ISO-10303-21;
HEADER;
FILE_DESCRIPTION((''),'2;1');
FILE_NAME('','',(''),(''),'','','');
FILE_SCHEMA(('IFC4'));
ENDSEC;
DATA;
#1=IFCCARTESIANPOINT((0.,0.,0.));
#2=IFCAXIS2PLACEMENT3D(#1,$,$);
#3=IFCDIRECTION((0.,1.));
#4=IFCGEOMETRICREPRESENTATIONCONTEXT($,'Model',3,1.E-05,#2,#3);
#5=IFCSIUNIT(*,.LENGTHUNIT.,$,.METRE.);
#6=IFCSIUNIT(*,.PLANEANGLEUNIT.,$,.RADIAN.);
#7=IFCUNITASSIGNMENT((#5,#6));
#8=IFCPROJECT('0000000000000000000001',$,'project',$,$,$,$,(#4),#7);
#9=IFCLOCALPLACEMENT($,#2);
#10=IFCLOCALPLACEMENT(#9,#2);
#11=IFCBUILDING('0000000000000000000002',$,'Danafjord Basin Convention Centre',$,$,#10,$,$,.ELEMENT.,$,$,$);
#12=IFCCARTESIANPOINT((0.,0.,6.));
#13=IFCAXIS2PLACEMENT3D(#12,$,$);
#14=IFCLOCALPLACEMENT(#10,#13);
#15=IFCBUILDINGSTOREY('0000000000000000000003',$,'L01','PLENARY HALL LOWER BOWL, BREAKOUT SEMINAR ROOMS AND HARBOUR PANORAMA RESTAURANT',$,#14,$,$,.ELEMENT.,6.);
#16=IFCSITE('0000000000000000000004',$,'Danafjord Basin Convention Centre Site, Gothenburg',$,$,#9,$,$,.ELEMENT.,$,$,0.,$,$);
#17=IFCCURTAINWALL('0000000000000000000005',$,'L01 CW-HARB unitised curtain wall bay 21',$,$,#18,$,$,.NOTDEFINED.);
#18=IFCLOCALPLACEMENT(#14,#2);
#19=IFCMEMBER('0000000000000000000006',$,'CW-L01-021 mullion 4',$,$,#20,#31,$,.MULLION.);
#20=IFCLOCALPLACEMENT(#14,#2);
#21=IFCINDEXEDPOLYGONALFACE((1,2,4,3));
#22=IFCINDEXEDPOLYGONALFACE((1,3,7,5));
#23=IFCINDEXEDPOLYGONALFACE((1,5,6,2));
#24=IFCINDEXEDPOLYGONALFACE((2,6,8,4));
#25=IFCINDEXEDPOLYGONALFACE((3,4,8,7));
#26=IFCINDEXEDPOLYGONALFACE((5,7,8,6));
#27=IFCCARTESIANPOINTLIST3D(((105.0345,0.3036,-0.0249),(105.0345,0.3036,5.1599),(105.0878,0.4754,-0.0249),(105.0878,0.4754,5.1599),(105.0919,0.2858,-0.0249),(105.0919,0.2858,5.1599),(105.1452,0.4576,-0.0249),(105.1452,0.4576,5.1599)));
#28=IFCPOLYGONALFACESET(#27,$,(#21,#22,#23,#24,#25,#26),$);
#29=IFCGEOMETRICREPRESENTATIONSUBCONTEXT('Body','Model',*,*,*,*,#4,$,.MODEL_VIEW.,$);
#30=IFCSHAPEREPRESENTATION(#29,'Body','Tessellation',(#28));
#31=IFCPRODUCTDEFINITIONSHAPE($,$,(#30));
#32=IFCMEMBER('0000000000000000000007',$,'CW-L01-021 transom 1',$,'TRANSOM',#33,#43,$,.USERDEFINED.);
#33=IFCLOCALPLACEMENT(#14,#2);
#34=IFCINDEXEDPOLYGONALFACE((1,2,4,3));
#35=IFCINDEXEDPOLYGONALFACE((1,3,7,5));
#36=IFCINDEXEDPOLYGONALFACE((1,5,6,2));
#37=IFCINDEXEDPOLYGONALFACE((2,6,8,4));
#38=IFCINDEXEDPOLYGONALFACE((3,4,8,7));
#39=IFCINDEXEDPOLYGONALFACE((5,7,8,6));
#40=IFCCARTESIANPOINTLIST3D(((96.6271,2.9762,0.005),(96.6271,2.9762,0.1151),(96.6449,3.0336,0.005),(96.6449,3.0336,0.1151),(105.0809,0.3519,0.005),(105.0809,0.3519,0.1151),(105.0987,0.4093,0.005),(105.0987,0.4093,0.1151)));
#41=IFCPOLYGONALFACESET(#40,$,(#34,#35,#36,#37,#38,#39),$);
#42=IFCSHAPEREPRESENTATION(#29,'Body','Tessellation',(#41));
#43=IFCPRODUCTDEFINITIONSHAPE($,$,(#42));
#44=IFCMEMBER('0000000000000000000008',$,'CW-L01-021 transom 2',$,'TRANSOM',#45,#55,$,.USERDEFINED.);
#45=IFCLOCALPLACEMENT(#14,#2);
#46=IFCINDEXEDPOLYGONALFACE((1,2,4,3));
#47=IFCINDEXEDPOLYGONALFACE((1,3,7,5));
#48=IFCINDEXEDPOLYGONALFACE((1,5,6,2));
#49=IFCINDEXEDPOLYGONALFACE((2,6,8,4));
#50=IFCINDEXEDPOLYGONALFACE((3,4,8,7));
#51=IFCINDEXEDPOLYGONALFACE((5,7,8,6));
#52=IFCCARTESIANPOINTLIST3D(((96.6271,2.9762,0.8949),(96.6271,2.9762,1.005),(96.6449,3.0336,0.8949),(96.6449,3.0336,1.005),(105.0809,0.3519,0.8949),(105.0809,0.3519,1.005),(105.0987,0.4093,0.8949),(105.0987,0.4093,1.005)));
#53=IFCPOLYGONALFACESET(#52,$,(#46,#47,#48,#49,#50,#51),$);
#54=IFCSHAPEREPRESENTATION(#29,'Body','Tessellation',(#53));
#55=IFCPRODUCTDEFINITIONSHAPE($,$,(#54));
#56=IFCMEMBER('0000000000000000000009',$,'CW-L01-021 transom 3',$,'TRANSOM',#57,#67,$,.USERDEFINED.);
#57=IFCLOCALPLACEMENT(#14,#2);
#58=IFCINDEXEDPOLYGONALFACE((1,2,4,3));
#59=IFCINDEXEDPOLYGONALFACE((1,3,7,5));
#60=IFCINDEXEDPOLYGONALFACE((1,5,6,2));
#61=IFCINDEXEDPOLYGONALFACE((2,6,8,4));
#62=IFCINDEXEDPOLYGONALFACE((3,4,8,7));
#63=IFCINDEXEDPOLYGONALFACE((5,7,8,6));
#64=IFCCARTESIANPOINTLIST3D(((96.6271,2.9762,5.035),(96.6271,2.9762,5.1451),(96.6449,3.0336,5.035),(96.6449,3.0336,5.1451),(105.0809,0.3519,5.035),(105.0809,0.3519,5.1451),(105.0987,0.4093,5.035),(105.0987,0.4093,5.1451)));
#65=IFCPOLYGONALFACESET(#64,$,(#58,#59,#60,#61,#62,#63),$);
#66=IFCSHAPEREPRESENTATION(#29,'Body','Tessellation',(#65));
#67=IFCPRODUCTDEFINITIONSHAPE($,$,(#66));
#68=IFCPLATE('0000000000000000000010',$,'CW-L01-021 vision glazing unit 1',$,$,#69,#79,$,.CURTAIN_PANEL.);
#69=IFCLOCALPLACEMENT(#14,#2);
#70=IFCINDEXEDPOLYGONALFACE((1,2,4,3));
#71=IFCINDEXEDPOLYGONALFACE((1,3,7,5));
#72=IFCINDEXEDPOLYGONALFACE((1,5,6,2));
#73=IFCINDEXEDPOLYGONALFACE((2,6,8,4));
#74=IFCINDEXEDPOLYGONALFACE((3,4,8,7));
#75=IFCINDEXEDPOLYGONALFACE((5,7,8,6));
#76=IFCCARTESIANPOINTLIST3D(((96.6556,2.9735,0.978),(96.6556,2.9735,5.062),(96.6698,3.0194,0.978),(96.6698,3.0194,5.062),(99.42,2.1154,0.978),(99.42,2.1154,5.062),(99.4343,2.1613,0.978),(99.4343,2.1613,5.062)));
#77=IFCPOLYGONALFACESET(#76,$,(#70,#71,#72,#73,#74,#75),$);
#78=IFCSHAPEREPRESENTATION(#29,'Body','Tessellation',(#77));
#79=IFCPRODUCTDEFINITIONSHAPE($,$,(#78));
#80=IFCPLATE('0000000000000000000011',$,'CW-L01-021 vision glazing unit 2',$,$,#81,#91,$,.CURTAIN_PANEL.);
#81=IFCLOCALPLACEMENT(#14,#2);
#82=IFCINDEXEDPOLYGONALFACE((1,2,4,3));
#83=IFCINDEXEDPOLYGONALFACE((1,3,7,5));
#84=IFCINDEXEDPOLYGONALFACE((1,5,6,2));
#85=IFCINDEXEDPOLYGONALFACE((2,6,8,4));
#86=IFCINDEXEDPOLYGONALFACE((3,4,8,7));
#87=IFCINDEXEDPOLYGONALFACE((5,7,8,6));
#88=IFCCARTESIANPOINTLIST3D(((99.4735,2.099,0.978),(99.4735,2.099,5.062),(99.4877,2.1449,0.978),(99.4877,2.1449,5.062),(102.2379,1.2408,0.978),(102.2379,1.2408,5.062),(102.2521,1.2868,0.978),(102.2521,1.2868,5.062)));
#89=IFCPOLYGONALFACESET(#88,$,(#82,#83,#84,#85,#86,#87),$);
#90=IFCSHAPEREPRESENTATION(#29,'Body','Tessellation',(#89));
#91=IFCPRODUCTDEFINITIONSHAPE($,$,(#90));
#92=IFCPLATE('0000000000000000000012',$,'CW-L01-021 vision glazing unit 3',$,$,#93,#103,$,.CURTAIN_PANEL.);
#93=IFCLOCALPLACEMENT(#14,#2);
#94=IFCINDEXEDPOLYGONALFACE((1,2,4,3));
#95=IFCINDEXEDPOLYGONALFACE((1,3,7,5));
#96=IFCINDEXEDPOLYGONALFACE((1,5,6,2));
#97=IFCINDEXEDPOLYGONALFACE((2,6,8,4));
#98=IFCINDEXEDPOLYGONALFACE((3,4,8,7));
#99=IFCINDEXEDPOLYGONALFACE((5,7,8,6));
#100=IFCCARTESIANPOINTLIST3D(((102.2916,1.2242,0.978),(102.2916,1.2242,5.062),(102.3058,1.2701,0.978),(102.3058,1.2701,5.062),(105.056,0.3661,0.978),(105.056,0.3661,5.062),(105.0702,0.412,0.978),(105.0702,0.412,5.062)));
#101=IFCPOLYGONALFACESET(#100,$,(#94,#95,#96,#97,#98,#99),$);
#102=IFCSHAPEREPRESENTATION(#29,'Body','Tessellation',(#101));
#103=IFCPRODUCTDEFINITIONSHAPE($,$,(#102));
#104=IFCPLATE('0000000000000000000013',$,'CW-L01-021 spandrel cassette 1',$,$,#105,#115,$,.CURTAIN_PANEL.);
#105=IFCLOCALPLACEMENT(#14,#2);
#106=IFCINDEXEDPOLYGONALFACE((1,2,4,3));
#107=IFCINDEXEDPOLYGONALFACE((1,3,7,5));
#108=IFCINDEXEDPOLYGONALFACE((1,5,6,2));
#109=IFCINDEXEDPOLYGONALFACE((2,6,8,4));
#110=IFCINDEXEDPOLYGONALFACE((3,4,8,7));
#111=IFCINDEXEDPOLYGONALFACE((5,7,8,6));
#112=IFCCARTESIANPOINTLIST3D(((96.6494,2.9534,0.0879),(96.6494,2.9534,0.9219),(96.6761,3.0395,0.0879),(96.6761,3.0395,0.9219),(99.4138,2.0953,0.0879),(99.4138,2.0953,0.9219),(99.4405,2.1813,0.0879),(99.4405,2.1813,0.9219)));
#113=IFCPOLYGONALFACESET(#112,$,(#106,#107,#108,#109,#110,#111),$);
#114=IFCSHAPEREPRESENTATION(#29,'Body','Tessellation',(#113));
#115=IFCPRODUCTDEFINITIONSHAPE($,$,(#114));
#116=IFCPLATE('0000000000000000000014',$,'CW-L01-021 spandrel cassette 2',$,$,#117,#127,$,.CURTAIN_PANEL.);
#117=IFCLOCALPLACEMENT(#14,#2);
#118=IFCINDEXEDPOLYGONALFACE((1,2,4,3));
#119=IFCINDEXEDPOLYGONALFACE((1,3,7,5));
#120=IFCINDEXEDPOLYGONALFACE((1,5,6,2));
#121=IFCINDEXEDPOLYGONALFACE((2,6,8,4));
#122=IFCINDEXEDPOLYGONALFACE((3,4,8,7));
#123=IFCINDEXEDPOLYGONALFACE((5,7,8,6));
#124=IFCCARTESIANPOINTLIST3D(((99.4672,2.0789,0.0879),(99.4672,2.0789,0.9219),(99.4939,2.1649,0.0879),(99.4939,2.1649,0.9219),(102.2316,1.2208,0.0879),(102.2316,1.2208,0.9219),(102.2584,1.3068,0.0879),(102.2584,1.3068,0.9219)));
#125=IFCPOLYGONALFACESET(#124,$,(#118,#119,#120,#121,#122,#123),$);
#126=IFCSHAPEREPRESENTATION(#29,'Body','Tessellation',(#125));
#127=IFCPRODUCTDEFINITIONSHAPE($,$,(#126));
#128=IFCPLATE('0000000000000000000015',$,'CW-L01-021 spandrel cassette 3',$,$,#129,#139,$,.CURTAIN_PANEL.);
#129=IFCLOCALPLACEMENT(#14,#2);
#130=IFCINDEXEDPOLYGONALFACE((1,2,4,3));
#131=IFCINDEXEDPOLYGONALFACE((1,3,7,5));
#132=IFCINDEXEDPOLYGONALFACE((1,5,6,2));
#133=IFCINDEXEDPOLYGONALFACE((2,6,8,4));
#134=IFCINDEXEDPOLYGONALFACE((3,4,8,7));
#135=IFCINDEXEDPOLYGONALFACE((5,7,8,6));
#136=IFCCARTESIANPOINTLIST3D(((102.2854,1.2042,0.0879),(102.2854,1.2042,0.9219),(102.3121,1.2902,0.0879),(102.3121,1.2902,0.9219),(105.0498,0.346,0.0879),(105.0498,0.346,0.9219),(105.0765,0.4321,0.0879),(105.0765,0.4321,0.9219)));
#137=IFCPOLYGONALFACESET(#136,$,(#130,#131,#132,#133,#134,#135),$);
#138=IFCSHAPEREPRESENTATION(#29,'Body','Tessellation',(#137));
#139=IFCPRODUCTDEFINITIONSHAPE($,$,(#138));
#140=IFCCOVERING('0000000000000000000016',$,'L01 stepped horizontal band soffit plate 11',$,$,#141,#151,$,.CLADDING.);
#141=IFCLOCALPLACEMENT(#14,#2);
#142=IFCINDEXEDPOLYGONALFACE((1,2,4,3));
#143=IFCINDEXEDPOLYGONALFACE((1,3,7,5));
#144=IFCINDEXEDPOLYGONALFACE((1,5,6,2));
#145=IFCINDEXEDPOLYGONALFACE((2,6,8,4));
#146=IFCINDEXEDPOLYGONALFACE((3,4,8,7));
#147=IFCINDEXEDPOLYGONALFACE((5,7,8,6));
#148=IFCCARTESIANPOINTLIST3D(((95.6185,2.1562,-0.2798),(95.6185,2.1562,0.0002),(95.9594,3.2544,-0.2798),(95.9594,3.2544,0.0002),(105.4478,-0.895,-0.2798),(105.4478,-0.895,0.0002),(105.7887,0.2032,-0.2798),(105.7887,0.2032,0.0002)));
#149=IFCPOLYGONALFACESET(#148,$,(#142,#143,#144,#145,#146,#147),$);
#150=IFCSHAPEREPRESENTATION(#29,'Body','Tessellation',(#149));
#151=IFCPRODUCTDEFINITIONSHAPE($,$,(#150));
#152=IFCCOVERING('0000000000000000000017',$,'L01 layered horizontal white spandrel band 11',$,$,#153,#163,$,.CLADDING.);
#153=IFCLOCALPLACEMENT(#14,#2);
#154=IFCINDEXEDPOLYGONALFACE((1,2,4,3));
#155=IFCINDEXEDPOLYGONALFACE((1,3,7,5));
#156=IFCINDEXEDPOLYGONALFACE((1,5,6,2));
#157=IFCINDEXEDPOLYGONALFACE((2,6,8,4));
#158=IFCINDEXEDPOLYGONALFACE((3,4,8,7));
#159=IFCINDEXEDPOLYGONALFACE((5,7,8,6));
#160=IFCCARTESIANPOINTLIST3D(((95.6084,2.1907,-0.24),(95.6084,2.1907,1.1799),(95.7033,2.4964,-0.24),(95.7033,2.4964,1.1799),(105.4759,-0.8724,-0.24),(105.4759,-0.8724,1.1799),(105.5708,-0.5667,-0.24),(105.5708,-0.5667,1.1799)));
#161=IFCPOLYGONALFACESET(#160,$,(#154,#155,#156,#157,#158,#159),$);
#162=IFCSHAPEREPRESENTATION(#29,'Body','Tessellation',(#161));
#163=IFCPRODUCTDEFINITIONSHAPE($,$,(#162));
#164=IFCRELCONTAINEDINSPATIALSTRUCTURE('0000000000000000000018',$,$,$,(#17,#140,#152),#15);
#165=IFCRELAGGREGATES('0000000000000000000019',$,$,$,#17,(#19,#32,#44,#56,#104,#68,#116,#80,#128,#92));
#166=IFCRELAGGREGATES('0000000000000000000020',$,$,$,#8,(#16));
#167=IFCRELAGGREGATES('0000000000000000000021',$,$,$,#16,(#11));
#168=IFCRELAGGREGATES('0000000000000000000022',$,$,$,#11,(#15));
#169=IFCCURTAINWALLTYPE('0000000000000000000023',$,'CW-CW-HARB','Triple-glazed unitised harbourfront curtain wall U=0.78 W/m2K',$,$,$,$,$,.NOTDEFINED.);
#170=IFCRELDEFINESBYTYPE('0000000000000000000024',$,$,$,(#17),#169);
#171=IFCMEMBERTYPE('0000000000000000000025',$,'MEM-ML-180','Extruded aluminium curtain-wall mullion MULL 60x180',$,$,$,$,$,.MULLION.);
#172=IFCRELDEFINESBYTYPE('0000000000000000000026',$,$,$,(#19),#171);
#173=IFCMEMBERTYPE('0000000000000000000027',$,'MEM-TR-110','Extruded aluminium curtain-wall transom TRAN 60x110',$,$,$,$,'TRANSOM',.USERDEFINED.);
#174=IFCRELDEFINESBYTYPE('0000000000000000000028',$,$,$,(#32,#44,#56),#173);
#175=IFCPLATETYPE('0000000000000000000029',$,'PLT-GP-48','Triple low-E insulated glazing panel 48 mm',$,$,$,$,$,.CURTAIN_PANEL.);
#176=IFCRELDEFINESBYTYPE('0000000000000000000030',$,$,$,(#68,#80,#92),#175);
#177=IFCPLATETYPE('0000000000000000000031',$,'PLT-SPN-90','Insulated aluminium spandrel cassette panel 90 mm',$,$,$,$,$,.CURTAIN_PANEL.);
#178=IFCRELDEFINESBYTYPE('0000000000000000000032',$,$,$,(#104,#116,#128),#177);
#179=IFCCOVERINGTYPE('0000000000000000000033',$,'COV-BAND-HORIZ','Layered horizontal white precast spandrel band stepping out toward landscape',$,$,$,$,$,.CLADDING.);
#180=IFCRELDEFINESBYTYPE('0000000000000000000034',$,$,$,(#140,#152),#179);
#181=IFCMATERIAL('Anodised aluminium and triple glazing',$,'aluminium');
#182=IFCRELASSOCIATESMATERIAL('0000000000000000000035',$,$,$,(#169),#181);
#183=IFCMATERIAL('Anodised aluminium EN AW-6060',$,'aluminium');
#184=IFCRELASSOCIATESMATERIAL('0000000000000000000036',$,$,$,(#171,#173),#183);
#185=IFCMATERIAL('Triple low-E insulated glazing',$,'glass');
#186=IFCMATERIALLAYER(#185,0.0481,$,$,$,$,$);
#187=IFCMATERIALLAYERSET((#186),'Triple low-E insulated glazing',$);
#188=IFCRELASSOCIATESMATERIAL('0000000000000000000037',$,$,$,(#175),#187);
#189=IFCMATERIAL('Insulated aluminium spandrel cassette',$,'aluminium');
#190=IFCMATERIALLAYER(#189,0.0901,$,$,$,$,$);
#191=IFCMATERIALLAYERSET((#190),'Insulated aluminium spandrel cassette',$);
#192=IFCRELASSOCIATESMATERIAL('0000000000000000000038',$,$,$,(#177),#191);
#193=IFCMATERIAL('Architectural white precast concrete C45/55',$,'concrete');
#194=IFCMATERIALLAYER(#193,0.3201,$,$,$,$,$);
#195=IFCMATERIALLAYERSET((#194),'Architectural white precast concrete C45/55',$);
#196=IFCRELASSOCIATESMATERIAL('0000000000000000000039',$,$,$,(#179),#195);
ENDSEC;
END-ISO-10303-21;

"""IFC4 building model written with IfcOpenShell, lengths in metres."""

from ifc_helpers import new_model, si_unit, direction, frame, origin, origin_2d, place, context, subcontext, project, spatial, rectangle, extrude, material, layer, layer_set, material_profile, profile_set, type_object, element, aggregate, save


model = new_model("IFC4")

# Units and contexts
model_context = context("Model", 3, precision=1e-05, world=origin(), true_north=direction((0.0, 1.0)))
body_context = subcontext(model_context, "Body", "Model", "MODEL_VIEW")
ifc_project = project(units=[si_unit("LENGTHUNIT", "METRE"), si_unit("PLANEANGLEUNIT", "RADIAN")], contexts=[model_context])

# Site, building, storey
site_placement = place(None, origin())
site = spatial("IfcSite", under=ifc_project, at=site_placement, Name="Danafjord Basin Convention Centre Site, Gothenburg", CompositionType="ELEMENT", RefElevation=0.0)
building_placement = place(site_placement, origin())
building = spatial("IfcBuilding", under=site, at=building_placement, Name="Danafjord Basin Convention Centre", CompositionType="ELEMENT")
storey_placement = place(building_placement, frame((0.0, 0.0, 6.0)))
storey = spatial("IfcBuildingStorey", under=building, at=storey_placement, Name="L01", Description="PLENARY HALL LOWER BOWL, BREAKOUT SEMINAR ROOMS AND HARBOUR PANORAMA RESTAURANT", CompositionType="ELEMENT", Elevation=6.0)

# Curtain wall, members, plates
ifc_material_1 = material(Name="Anodised aluminium and triple glazing", Category="aluminium")
curtain_wall_type = type_object("IfcCurtainWallType", Name="CW-CW-HARB", Description="Triple-glazed unitised harbourfront curtain wall U=0.78 W/m2K", PredefinedType="NOTDEFINED", material=ifc_material_1)
curtain_wall_placement = place(storey_placement, origin())
curtain_wall = element("IfcCurtainWall", 1, at=curtain_wall_placement, inside=storey, type_object=curtain_wall_type, Name="L01 CW-HARB unitised curtain wall bay 21", PredefinedType="NOTDEFINED")
ifc_material_2 = material(Name="Anodised aluminium EN AW-6060", Category="aluminium")
ifc_material_profile_1 = material_profile(ifc_material_2, rectangle(XDim=0.0601, YDim=0.1799, at=origin_2d()), Name="MULL 60x180")
ifc_profile_set_1 = profile_set([ifc_material_profile_1], Name="Anodised aluminium EN AW-6060")
member_type_1 = type_object("IfcMemberType", Name="MEM-ML-180", Description="Extruded aluminium curtain-wall mullion MULL 60x180", PredefinedType="MULLION", material=ifc_profile_set_1)
member_1_placement = place(storey_placement, frame((105.0898, 0.3806, -0.0249), z_axis=(0.0, 0.0, 1.0), x_axis=(0.955045, -0.296462, 0.0)))
member_1 = element("IfcMember", 2, at=member_1_placement, type_object=member_type_1, Name="CW-L01-021 mullion 4", PredefinedType="MULLION", context=body_context, shape_type="SweptSolid", body=[
    extrude(rectangle(XDim=0.0601, YDim=0.1799, at=origin_2d()), origin(), (0.0, 0.0, 1.0), 5.1848),
])
ifc_material_profile_2 = material_profile(ifc_material_2, rectangle(XDim=0.0601, YDim=0.1101, at=origin_2d()), Name="TRAN 60x110")
ifc_profile_set_2 = profile_set([ifc_material_profile_2], Name="Anodised aluminium EN AW-6060")
member_type_2 = type_object("IfcMemberType", Name="MEM-TR-110", Description="Extruded aluminium curtain-wall transom TRAN 60x110", ElementType="TRANSOM", PredefinedType="USERDEFINED", material=ifc_profile_set_2)
member_2_placement = place(storey_placement, frame((96.636, 3.0049, 0.0601), z_axis=(0.955043, -0.296467, 0.0), x_axis=(0.296467, 0.955043, 0.0)))
member_2 = element("IfcMember", 3, at=member_2_placement, type_object=member_type_2, Name="CW-L01-021 transom 1", ObjectType="TRANSOM", PredefinedType="USERDEFINED", context=body_context, shape_type="SweptSolid", body=[
    extrude(rectangle(XDim=0.0601, YDim=0.1101, at=origin_2d()), origin(), (0.0, 0.0, 1.0), 8.8518),
])
member_3_placement = place(storey_placement, frame((96.636, 3.0049, 0.95), z_axis=(0.955043, -0.296467, 0.0), x_axis=(0.296467, 0.955043, 0.0)))
member_3 = element("IfcMember", 4, at=member_3_placement, type_object=member_type_2, Name="CW-L01-021 transom 2", ObjectType="TRANSOM", PredefinedType="USERDEFINED", context=body_context, shape_type="SweptSolid", body=[
    extrude(rectangle(XDim=0.0601, YDim=0.1101, at=origin_2d()), origin(), (0.0, 0.0, 1.0), 8.8518),
])
member_4_placement = place(storey_placement, frame((96.636, 3.0049, 5.0901), z_axis=(0.955043, -0.296467, 0.0), x_axis=(0.296467, 0.955043, 0.0)))
member_4 = element("IfcMember", 5, at=member_4_placement, type_object=member_type_2, Name="CW-L01-021 transom 3", ObjectType="TRANSOM", PredefinedType="USERDEFINED", context=body_context, shape_type="SweptSolid", body=[
    extrude(rectangle(XDim=0.0601, YDim=0.1101, at=origin_2d()), origin(), (0.0, 0.0, 1.0), 8.8518),
])
ifc_material_3 = material(Name="Triple low-E insulated glazing", Category="glass")
ifc_layer_1 = layer(ifc_material_3, 0.0481)
ifc_layer_set_1 = layer_set([ifc_layer_1], Name="Triple low-E insulated glazing")
plate_type_1 = type_object("IfcPlateType", Name="PLT-GP-48", Description="Triple low-E insulated glazing panel 48 mm", PredefinedType="CURTAIN_PANEL", material=ifc_layer_set_1)
plate_1_placement = place(storey_placement, frame((98.0449, 2.5674, 0.978), z_axis=(0.0, 0.0, 1.0), x_axis=(0.955045, -0.296462, 0.0)))
plate_1 = element("IfcPlate", 6, at=plate_1_placement, type_object=plate_type_1, Name="CW-L01-021 vision glazing unit 1", PredefinedType="CURTAIN_PANEL", context=body_context, shape_type="SweptSolid", body=[
    extrude(rectangle(XDim=2.8945, YDim=0.0481, at=origin_2d()), origin(), (0.0, 0.0, 1.0), 4.084),
])
plate_2_placement = place(storey_placement, frame((100.8628, 1.6929, 0.978), z_axis=(0.0, 0.0, 1.0), x_axis=(0.955045, -0.296462, 0.0)))
plate_2 = element("IfcPlate", 7, at=plate_2_placement, type_object=plate_type_1, Name="CW-L01-021 vision glazing unit 2", PredefinedType="CURTAIN_PANEL", context=body_context, shape_type="SweptSolid", body=[
    extrude(rectangle(XDim=2.8945, YDim=0.0481, at=origin_2d()), origin(), (0.0, 0.0, 1.0), 4.084),
])
plate_3_placement = place(storey_placement, frame((103.6809, 0.8181, 0.978), z_axis=(0.0, 0.0, 1.0), x_axis=(0.955045, -0.296462, 0.0)))
plate_3 = element("IfcPlate", 8, at=plate_3_placement, type_object=plate_type_1, Name="CW-L01-021 vision glazing unit 3", PredefinedType="CURTAIN_PANEL", context=body_context, shape_type="SweptSolid", body=[
    extrude(rectangle(XDim=2.8945, YDim=0.0481, at=origin_2d()), origin(), (0.0, 0.0, 1.0), 4.084),
])
ifc_material_4 = material(Name="Insulated aluminium spandrel cassette", Category="aluminium")
ifc_layer_2 = layer(ifc_material_4, 0.0901)
ifc_layer_set_2 = layer_set([ifc_layer_2], Name="Insulated aluminium spandrel cassette")
plate_type_2 = type_object("IfcPlateType", Name="PLT-SPN-90", Description="Insulated aluminium spandrel cassette panel 90 mm", PredefinedType="CURTAIN_PANEL", material=ifc_layer_set_2)
plate_4_placement = place(storey_placement, frame((98.0449, 2.5674, 0.0879), z_axis=(0.0, 0.0, 1.0), x_axis=(0.955045, -0.296462, 0.0)))
plate_4 = element("IfcPlate", 9, at=plate_4_placement, type_object=plate_type_2, Name="CW-L01-021 spandrel cassette 1", PredefinedType="CURTAIN_PANEL", context=body_context, shape_type="SweptSolid", body=[
    extrude(rectangle(XDim=2.8945, YDim=0.0901, at=origin_2d()), origin(), (0.0, 0.0, 1.0), 0.834),
])
plate_5_placement = place(storey_placement, frame((100.8628, 1.6929, 0.0879), z_axis=(0.0, 0.0, 1.0), x_axis=(0.955045, -0.296462, 0.0)))
plate_5 = element("IfcPlate", 10, at=plate_5_placement, type_object=plate_type_2, Name="CW-L01-021 spandrel cassette 2", PredefinedType="CURTAIN_PANEL", context=body_context, shape_type="SweptSolid", body=[
    extrude(rectangle(XDim=2.8945, YDim=0.0901, at=origin_2d()), origin(), (0.0, 0.0, 1.0), 0.834),
])
plate_6_placement = place(storey_placement, frame((103.6809, 0.8181, 0.0879), z_axis=(0.0, 0.0, 1.0), x_axis=(0.955045, -0.296462, 0.0)))
plate_6 = element("IfcPlate", 11, at=plate_6_placement, type_object=plate_type_2, Name="CW-L01-021 spandrel cassette 3", PredefinedType="CURTAIN_PANEL", context=body_context, shape_type="SweptSolid", body=[
    extrude(rectangle(XDim=2.8945, YDim=0.0901, at=origin_2d()), origin(), (0.0, 0.0, 1.0), 0.834),
])
aggregate(curtain_wall, [member_1, member_2, member_3, member_4, plate_4, plate_1, plate_5, plate_2, plate_6, plate_3])

# Coverings
ifc_material_5 = material(Name="Architectural white precast concrete C45/55", Category="concrete")
ifc_layer_3 = layer(ifc_material_5, 0.3201)
ifc_layer_set_3 = layer_set([ifc_layer_3], Name="Architectural white precast concrete C45/55")
covering_type = type_object("IfcCoveringType", Name="COV-BAND-HORIZ", Description="Layered horizontal white precast spandrel band stepping out toward landscape", PredefinedType="CLADDING", material=ifc_layer_set_3)
covering_1_placement = place(storey_placement, frame((100.7036, 1.1797, -0.2798), z_axis=(0.0, 0.0, 1.0), x_axis=(0.955045, -0.296462, 0.0)))
element("IfcCovering", 12, at=covering_1_placement, inside=storey, type_object=covering_type, Name="L01 stepped horizontal band soffit plate 11", PredefinedType="CLADDING", context=body_context, shape_type="SweptSolid", body=[
    extrude(rectangle(XDim=10.292, YDim=1.1499, at=origin_2d()), origin(), (0.0, 0.0, 1.0), 0.28),
])
covering_2_placement = place(storey_placement, frame((100.5896, 0.812, -0.24), z_axis=(0.0, 0.0, 1.0), x_axis=(0.955045, -0.296462, 0.0)))
element("IfcCovering", 13, at=covering_2_placement, inside=storey, type_object=covering_type, Name="L01 layered horizontal white spandrel band 11", PredefinedType="CLADDING", context=body_context, shape_type="SweptSolid", body=[
    extrude(rectangle(XDim=10.332, YDim=0.3201, at=origin_2d()), origin(), (0.0, 0.0, 1.0), 1.4199),
])

save(model, "model.ifc")
